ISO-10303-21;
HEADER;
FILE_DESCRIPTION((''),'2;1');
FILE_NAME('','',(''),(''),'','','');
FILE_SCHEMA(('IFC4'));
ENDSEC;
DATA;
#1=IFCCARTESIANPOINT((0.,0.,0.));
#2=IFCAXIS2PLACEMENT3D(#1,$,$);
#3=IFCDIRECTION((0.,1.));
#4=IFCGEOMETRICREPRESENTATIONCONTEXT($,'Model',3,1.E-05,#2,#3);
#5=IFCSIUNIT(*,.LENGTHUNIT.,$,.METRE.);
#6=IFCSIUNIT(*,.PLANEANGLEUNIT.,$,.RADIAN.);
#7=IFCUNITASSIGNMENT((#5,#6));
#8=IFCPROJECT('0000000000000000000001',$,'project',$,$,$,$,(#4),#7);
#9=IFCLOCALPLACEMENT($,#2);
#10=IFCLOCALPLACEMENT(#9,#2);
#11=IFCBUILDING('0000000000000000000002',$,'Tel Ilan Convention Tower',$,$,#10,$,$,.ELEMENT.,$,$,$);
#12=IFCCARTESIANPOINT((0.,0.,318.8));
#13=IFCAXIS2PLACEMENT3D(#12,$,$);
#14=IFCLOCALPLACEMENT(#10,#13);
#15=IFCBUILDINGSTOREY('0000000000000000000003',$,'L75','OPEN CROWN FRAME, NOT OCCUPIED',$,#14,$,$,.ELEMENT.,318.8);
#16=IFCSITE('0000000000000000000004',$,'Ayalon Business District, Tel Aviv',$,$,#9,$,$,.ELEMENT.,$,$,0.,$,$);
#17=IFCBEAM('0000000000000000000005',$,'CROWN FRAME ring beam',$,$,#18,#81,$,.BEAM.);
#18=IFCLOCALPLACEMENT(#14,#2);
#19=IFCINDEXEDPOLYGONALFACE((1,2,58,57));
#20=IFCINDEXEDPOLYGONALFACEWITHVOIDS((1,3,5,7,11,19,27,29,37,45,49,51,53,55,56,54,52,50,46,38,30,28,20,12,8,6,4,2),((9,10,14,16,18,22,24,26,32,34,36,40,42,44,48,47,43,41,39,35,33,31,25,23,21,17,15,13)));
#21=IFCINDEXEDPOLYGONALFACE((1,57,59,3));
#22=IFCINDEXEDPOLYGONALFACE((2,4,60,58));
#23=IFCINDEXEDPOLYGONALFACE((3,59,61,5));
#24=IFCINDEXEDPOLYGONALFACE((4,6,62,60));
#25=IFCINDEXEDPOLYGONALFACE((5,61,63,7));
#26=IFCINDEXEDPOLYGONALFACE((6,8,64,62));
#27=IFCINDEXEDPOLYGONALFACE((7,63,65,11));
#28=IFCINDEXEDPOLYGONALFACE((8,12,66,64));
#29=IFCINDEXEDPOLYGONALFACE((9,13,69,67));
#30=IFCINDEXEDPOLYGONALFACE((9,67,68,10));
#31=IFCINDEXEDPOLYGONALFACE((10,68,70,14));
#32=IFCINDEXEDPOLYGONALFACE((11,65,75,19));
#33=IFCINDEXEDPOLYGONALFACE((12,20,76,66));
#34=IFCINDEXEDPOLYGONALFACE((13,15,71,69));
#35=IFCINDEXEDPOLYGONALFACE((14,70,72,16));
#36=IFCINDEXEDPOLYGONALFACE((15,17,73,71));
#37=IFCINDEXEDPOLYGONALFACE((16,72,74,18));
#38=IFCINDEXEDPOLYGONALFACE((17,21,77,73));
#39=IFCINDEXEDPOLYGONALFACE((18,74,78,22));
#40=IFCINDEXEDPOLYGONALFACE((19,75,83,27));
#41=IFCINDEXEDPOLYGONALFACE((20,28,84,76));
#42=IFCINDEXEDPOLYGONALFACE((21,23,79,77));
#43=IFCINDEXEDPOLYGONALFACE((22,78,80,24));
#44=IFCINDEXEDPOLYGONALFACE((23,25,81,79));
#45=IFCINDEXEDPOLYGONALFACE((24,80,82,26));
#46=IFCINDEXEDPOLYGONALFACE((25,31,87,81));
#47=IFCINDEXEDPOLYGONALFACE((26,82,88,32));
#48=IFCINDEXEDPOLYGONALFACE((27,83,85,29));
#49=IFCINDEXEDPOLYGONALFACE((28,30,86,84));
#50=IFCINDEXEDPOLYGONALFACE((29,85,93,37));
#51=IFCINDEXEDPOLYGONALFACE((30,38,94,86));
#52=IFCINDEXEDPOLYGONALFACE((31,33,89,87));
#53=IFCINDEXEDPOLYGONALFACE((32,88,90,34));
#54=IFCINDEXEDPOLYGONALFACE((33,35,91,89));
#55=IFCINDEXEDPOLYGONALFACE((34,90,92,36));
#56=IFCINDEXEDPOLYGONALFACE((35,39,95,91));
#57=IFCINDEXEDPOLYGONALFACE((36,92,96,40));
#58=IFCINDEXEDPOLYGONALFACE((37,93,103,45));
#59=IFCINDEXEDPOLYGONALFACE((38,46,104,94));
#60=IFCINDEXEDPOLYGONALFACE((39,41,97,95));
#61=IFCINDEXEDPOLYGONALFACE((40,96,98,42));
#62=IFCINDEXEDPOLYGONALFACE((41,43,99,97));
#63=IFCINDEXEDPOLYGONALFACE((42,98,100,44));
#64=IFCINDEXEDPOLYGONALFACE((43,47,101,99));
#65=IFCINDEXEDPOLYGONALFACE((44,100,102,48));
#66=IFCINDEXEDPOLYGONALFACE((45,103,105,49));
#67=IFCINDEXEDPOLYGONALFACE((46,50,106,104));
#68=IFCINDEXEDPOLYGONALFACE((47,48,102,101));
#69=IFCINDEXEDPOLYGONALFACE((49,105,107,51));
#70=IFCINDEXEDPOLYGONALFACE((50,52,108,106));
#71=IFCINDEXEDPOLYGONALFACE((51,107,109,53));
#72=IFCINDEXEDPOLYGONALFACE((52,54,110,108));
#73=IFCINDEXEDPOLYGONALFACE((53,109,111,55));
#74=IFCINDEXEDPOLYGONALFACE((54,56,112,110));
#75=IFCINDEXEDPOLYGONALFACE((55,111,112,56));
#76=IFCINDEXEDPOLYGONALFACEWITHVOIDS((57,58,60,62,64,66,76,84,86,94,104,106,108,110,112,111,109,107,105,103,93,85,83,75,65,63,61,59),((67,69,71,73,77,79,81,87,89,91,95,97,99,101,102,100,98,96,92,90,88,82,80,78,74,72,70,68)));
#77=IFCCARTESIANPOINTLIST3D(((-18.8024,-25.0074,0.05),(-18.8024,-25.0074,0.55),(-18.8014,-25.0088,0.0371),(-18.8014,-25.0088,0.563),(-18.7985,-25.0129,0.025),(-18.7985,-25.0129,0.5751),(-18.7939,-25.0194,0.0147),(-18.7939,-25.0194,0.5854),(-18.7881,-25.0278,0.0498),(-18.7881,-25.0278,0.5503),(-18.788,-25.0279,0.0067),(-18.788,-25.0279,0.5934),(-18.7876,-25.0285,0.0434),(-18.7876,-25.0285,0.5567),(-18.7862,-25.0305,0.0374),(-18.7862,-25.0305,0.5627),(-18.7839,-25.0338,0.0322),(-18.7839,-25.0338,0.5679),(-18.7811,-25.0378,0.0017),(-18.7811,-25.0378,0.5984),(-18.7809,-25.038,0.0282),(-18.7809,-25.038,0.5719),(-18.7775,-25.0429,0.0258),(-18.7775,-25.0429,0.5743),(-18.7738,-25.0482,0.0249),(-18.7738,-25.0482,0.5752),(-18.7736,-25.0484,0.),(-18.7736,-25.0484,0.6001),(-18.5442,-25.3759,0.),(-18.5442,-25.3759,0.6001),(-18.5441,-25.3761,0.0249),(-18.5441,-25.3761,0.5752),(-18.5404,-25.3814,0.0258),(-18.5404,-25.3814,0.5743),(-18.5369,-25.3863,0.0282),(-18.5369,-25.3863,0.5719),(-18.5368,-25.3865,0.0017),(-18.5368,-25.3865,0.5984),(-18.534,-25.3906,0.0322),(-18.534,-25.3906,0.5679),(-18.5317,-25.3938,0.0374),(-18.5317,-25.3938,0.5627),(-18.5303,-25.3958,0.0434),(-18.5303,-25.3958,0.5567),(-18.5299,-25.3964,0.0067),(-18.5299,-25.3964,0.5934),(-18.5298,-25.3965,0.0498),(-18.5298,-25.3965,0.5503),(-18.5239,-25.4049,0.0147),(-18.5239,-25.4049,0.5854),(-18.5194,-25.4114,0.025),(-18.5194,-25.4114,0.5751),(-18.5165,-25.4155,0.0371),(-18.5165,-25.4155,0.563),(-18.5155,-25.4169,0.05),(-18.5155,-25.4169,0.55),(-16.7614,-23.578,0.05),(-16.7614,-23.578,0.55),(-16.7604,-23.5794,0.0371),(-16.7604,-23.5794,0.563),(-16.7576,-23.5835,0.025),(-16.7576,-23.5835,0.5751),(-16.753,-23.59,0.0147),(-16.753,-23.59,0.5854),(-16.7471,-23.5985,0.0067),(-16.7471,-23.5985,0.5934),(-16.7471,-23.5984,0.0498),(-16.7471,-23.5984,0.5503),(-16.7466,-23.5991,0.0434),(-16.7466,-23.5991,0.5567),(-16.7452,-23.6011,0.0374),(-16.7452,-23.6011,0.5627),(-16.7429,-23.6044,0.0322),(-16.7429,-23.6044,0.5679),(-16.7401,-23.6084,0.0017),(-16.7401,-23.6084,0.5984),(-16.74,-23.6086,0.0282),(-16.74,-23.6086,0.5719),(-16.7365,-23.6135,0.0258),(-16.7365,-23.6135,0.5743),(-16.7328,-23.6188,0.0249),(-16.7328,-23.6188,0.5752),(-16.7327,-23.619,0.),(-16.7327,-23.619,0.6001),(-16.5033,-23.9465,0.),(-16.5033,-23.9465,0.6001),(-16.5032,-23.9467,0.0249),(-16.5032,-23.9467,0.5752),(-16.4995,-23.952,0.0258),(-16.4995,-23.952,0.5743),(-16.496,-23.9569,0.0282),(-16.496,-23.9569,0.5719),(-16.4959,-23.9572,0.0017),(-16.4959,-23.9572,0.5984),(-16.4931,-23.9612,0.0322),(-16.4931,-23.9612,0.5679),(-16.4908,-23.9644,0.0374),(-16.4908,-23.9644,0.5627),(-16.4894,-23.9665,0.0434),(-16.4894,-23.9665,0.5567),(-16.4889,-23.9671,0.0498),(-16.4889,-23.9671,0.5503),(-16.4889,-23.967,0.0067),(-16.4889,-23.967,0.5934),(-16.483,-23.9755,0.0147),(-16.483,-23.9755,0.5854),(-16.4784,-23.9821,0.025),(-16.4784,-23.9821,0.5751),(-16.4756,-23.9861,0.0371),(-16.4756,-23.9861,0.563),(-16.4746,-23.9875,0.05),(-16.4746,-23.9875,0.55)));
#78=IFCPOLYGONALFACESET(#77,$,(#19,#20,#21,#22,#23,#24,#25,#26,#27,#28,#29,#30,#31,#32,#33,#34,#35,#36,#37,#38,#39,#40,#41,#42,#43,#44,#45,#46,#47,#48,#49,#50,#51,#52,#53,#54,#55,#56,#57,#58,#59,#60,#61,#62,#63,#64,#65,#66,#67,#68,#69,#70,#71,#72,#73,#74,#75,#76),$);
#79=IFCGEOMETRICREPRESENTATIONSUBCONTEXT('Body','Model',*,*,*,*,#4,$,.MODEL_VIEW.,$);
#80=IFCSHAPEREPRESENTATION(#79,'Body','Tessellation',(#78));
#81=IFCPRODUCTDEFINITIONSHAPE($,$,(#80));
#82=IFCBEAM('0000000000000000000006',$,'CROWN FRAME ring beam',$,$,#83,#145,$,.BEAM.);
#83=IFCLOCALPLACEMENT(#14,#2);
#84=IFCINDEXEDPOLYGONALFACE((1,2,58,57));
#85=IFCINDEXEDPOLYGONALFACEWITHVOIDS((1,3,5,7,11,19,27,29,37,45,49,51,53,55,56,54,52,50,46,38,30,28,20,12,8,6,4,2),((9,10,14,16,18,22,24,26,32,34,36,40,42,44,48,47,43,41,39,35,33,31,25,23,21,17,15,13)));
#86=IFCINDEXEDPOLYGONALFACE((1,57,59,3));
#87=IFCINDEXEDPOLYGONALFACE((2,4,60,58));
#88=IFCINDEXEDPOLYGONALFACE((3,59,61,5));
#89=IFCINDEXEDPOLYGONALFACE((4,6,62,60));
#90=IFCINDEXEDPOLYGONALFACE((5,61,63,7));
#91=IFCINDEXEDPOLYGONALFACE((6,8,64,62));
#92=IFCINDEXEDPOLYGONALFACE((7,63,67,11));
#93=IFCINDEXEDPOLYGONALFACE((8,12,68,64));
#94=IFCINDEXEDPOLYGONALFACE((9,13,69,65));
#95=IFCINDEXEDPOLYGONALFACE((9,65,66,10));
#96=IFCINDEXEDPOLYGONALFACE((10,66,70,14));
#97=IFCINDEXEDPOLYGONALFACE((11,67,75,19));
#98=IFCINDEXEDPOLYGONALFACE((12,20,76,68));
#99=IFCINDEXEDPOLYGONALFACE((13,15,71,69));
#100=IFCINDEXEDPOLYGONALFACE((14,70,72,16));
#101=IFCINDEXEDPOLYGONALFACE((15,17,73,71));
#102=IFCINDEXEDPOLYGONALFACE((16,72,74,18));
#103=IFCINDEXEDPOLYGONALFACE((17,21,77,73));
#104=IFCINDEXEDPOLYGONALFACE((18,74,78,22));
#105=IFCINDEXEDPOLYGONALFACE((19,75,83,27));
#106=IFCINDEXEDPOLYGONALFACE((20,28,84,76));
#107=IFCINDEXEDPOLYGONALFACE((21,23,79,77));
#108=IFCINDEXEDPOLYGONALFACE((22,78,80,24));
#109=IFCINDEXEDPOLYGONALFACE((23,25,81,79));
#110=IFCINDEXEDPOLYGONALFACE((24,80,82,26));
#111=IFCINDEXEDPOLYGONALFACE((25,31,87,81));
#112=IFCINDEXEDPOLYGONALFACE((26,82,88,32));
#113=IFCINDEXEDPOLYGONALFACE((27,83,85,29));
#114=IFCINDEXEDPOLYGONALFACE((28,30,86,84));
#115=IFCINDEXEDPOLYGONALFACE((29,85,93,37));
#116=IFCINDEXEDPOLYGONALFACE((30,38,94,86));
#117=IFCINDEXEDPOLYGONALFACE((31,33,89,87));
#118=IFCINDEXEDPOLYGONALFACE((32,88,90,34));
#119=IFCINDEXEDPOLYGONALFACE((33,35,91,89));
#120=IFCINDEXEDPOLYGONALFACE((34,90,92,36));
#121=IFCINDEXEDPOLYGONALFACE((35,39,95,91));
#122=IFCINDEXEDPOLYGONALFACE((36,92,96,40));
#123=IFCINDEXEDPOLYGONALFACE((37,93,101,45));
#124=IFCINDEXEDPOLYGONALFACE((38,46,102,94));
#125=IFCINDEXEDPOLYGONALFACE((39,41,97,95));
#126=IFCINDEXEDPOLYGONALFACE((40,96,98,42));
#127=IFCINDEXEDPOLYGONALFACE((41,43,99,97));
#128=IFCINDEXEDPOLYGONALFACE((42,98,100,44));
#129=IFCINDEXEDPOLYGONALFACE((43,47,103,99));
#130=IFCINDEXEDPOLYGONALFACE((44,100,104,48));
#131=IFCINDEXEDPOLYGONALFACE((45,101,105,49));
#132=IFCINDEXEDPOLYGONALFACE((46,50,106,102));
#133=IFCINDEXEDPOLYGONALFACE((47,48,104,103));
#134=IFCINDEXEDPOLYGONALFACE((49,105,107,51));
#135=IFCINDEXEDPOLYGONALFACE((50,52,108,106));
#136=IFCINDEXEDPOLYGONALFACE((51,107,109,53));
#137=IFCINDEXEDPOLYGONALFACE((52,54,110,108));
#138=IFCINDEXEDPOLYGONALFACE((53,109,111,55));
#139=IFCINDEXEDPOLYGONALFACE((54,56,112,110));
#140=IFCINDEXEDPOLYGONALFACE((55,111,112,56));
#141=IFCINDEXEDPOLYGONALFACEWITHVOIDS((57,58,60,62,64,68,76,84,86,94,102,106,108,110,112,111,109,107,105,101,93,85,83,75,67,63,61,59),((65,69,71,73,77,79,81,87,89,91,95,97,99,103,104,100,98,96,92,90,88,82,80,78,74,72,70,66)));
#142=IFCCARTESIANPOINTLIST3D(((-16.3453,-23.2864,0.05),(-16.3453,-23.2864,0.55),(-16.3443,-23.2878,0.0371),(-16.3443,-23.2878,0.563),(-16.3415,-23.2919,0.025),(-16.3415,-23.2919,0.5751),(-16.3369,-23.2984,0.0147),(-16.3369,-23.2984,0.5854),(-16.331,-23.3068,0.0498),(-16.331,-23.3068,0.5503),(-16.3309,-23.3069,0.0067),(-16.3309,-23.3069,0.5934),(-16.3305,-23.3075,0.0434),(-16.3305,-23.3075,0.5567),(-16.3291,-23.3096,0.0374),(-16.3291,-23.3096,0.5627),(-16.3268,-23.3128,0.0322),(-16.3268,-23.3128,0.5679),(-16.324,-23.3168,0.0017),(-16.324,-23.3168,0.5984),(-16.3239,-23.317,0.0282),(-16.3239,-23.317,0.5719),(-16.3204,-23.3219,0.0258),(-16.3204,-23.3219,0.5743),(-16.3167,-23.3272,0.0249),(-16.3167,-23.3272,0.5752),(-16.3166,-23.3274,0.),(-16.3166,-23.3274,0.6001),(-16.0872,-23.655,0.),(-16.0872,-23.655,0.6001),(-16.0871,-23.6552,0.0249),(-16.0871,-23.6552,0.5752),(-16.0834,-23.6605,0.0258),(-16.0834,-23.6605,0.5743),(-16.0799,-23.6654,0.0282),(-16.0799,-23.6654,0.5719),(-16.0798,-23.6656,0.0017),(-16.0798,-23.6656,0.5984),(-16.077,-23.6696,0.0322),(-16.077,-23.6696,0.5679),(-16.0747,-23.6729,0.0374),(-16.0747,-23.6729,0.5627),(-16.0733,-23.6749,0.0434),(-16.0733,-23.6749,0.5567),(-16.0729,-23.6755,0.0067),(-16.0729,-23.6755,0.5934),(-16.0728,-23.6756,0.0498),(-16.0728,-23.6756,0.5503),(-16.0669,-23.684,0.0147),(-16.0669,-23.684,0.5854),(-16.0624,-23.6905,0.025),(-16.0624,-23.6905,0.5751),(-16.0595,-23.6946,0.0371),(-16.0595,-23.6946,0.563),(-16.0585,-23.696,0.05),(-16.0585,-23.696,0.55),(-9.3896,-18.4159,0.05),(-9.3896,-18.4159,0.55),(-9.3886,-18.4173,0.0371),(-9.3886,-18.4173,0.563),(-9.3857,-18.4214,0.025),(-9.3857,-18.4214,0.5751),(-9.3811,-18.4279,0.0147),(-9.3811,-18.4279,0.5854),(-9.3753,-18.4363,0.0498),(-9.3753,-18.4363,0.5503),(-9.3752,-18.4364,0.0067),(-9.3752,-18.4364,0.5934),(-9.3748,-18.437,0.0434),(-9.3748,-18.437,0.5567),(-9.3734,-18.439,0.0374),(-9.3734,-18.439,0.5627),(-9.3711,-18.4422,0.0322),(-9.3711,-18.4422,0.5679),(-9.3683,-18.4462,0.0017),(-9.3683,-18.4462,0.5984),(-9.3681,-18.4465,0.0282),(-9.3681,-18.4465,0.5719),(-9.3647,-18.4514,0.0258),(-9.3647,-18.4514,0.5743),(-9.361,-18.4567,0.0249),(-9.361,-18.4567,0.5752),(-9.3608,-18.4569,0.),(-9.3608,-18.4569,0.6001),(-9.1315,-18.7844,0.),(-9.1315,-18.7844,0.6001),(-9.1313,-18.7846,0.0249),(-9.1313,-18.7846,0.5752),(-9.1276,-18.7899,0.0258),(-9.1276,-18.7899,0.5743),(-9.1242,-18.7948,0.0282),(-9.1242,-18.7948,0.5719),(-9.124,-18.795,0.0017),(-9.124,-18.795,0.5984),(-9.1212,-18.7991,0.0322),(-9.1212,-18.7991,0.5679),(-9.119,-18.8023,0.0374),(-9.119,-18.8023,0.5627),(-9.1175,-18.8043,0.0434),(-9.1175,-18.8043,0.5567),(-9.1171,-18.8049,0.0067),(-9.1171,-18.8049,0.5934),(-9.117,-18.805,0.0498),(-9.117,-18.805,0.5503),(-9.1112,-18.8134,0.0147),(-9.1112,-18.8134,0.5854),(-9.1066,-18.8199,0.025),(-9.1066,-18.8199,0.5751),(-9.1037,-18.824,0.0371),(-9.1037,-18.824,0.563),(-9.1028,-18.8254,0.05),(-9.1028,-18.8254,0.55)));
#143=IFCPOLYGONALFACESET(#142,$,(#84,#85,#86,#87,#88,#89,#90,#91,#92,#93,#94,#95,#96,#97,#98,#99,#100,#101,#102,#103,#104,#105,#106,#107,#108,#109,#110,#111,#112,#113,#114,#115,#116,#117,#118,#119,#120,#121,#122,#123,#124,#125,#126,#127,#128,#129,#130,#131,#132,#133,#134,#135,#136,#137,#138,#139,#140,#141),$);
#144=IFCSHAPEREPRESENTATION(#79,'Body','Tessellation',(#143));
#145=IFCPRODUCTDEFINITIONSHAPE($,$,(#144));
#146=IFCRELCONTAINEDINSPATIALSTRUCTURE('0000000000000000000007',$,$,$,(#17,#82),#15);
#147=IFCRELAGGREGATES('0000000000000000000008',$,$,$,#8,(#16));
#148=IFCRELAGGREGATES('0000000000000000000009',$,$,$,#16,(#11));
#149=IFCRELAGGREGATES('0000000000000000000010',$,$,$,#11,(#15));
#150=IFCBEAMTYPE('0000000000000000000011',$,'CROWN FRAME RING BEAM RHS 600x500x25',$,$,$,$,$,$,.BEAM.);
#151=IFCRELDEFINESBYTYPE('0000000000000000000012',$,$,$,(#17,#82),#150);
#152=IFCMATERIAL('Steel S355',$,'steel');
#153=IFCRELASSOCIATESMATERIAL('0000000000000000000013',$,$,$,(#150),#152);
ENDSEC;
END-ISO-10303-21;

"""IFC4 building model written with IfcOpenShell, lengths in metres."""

from ifc_helpers import new_model, si_unit, direction, frame, origin, origin_2d, place, context, subcontext, project, spatial, hollow_rectangle, extrude, material, material_profile, profile_set, type_object, element, save


model = new_model("IFC4")

# Units and contexts
model_context = context("Model", 3, precision=1e-05, world=origin(), true_north=direction((0.0, 1.0)))
body_context = subcontext(model_context, "Body", "Model", "MODEL_VIEW")
ifc_project = project(units=[si_unit("LENGTHUNIT", "METRE"), si_unit("PLANEANGLEUNIT", "RADIAN")], contexts=[model_context])

# Site, building, storey
site_placement = place(None, origin())
site = spatial("IfcSite", under=ifc_project, at=site_placement, Name="Ayalon Business District, Tel Aviv", CompositionType="ELEMENT", RefElevation=0.0)
building_placement = place(site_placement, origin())
building = spatial("IfcBuilding", under=site, at=building_placement, Name="Tel Ilan Convention Tower", CompositionType="ELEMENT")
storey_placement = place(building_placement, frame((0.0, 0.0, 318.8)))
storey = spatial("IfcBuildingStorey", under=building, at=storey_placement, Name="L75", Description="OPEN CROWN FRAME, NOT OCCUPIED", CompositionType="ELEMENT", Elevation=318.8)

# Beams
ifc_material_1 = material(Name="Steel S355", Category="steel")
ifc_material_profile_1 = material_profile(ifc_material_1, hollow_rectangle(XDim=0.5, YDim=0.6001, WallThickness=0.0249, InnerFilletRadius=0.0249, OuterFilletRadius=0.05, at=origin_2d()), Name="RHS 600x500x25")
ifc_profile_set_1 = profile_set([ifc_material_profile_1], Name="Steel S355")
beam_type = type_object("IfcBeamType", Name="CROWN FRAME RING BEAM RHS 600x500x25", PredefinedType="BEAM", material=ifc_profile_set_1)
beam_1_placement = place(storey_placement, frame((-18.6589, -25.2122, 0.3), z_axis=(0.819094, 0.57366, 0.0), x_axis=(-0.57366, 0.819094, 0.0)))
element("IfcBeam", 1, at=beam_1_placement, inside=storey, type_object=beam_type, Name="CROWN FRAME ring beam", PredefinedType="BEAM", context=body_context, shape_type="SweptSolid", body=[
    extrude(hollow_rectangle(XDim=0.5, YDim=0.6001, WallThickness=0.0249, InnerFilletRadius=0.0249, OuterFilletRadius=0.05, at=origin_2d()), origin(), (0.0, 0.0, 1.0), 2.4917),
])
beam_2_placement = place(storey_placement, frame((-16.2019, -23.4912, 0.3), z_axis=(0.819147, 0.573584, 0.0), x_axis=(-0.573584, 0.819147, 0.0)))
element("IfcBeam", 2, at=beam_2_placement, inside=storey, type_object=beam_type, Name="CROWN FRAME ring beam", PredefinedType="BEAM", context=body_context, shape_type="SweptSolid", body=[
    extrude(hollow_rectangle(XDim=0.5, YDim=0.6001, WallThickness=0.0249, InnerFilletRadius=0.0249, OuterFilletRadius=0.05, at=origin_2d()), origin(), (0.0, 0.0, 1.0), 8.4915),
])

save(model, "model.ifc")
